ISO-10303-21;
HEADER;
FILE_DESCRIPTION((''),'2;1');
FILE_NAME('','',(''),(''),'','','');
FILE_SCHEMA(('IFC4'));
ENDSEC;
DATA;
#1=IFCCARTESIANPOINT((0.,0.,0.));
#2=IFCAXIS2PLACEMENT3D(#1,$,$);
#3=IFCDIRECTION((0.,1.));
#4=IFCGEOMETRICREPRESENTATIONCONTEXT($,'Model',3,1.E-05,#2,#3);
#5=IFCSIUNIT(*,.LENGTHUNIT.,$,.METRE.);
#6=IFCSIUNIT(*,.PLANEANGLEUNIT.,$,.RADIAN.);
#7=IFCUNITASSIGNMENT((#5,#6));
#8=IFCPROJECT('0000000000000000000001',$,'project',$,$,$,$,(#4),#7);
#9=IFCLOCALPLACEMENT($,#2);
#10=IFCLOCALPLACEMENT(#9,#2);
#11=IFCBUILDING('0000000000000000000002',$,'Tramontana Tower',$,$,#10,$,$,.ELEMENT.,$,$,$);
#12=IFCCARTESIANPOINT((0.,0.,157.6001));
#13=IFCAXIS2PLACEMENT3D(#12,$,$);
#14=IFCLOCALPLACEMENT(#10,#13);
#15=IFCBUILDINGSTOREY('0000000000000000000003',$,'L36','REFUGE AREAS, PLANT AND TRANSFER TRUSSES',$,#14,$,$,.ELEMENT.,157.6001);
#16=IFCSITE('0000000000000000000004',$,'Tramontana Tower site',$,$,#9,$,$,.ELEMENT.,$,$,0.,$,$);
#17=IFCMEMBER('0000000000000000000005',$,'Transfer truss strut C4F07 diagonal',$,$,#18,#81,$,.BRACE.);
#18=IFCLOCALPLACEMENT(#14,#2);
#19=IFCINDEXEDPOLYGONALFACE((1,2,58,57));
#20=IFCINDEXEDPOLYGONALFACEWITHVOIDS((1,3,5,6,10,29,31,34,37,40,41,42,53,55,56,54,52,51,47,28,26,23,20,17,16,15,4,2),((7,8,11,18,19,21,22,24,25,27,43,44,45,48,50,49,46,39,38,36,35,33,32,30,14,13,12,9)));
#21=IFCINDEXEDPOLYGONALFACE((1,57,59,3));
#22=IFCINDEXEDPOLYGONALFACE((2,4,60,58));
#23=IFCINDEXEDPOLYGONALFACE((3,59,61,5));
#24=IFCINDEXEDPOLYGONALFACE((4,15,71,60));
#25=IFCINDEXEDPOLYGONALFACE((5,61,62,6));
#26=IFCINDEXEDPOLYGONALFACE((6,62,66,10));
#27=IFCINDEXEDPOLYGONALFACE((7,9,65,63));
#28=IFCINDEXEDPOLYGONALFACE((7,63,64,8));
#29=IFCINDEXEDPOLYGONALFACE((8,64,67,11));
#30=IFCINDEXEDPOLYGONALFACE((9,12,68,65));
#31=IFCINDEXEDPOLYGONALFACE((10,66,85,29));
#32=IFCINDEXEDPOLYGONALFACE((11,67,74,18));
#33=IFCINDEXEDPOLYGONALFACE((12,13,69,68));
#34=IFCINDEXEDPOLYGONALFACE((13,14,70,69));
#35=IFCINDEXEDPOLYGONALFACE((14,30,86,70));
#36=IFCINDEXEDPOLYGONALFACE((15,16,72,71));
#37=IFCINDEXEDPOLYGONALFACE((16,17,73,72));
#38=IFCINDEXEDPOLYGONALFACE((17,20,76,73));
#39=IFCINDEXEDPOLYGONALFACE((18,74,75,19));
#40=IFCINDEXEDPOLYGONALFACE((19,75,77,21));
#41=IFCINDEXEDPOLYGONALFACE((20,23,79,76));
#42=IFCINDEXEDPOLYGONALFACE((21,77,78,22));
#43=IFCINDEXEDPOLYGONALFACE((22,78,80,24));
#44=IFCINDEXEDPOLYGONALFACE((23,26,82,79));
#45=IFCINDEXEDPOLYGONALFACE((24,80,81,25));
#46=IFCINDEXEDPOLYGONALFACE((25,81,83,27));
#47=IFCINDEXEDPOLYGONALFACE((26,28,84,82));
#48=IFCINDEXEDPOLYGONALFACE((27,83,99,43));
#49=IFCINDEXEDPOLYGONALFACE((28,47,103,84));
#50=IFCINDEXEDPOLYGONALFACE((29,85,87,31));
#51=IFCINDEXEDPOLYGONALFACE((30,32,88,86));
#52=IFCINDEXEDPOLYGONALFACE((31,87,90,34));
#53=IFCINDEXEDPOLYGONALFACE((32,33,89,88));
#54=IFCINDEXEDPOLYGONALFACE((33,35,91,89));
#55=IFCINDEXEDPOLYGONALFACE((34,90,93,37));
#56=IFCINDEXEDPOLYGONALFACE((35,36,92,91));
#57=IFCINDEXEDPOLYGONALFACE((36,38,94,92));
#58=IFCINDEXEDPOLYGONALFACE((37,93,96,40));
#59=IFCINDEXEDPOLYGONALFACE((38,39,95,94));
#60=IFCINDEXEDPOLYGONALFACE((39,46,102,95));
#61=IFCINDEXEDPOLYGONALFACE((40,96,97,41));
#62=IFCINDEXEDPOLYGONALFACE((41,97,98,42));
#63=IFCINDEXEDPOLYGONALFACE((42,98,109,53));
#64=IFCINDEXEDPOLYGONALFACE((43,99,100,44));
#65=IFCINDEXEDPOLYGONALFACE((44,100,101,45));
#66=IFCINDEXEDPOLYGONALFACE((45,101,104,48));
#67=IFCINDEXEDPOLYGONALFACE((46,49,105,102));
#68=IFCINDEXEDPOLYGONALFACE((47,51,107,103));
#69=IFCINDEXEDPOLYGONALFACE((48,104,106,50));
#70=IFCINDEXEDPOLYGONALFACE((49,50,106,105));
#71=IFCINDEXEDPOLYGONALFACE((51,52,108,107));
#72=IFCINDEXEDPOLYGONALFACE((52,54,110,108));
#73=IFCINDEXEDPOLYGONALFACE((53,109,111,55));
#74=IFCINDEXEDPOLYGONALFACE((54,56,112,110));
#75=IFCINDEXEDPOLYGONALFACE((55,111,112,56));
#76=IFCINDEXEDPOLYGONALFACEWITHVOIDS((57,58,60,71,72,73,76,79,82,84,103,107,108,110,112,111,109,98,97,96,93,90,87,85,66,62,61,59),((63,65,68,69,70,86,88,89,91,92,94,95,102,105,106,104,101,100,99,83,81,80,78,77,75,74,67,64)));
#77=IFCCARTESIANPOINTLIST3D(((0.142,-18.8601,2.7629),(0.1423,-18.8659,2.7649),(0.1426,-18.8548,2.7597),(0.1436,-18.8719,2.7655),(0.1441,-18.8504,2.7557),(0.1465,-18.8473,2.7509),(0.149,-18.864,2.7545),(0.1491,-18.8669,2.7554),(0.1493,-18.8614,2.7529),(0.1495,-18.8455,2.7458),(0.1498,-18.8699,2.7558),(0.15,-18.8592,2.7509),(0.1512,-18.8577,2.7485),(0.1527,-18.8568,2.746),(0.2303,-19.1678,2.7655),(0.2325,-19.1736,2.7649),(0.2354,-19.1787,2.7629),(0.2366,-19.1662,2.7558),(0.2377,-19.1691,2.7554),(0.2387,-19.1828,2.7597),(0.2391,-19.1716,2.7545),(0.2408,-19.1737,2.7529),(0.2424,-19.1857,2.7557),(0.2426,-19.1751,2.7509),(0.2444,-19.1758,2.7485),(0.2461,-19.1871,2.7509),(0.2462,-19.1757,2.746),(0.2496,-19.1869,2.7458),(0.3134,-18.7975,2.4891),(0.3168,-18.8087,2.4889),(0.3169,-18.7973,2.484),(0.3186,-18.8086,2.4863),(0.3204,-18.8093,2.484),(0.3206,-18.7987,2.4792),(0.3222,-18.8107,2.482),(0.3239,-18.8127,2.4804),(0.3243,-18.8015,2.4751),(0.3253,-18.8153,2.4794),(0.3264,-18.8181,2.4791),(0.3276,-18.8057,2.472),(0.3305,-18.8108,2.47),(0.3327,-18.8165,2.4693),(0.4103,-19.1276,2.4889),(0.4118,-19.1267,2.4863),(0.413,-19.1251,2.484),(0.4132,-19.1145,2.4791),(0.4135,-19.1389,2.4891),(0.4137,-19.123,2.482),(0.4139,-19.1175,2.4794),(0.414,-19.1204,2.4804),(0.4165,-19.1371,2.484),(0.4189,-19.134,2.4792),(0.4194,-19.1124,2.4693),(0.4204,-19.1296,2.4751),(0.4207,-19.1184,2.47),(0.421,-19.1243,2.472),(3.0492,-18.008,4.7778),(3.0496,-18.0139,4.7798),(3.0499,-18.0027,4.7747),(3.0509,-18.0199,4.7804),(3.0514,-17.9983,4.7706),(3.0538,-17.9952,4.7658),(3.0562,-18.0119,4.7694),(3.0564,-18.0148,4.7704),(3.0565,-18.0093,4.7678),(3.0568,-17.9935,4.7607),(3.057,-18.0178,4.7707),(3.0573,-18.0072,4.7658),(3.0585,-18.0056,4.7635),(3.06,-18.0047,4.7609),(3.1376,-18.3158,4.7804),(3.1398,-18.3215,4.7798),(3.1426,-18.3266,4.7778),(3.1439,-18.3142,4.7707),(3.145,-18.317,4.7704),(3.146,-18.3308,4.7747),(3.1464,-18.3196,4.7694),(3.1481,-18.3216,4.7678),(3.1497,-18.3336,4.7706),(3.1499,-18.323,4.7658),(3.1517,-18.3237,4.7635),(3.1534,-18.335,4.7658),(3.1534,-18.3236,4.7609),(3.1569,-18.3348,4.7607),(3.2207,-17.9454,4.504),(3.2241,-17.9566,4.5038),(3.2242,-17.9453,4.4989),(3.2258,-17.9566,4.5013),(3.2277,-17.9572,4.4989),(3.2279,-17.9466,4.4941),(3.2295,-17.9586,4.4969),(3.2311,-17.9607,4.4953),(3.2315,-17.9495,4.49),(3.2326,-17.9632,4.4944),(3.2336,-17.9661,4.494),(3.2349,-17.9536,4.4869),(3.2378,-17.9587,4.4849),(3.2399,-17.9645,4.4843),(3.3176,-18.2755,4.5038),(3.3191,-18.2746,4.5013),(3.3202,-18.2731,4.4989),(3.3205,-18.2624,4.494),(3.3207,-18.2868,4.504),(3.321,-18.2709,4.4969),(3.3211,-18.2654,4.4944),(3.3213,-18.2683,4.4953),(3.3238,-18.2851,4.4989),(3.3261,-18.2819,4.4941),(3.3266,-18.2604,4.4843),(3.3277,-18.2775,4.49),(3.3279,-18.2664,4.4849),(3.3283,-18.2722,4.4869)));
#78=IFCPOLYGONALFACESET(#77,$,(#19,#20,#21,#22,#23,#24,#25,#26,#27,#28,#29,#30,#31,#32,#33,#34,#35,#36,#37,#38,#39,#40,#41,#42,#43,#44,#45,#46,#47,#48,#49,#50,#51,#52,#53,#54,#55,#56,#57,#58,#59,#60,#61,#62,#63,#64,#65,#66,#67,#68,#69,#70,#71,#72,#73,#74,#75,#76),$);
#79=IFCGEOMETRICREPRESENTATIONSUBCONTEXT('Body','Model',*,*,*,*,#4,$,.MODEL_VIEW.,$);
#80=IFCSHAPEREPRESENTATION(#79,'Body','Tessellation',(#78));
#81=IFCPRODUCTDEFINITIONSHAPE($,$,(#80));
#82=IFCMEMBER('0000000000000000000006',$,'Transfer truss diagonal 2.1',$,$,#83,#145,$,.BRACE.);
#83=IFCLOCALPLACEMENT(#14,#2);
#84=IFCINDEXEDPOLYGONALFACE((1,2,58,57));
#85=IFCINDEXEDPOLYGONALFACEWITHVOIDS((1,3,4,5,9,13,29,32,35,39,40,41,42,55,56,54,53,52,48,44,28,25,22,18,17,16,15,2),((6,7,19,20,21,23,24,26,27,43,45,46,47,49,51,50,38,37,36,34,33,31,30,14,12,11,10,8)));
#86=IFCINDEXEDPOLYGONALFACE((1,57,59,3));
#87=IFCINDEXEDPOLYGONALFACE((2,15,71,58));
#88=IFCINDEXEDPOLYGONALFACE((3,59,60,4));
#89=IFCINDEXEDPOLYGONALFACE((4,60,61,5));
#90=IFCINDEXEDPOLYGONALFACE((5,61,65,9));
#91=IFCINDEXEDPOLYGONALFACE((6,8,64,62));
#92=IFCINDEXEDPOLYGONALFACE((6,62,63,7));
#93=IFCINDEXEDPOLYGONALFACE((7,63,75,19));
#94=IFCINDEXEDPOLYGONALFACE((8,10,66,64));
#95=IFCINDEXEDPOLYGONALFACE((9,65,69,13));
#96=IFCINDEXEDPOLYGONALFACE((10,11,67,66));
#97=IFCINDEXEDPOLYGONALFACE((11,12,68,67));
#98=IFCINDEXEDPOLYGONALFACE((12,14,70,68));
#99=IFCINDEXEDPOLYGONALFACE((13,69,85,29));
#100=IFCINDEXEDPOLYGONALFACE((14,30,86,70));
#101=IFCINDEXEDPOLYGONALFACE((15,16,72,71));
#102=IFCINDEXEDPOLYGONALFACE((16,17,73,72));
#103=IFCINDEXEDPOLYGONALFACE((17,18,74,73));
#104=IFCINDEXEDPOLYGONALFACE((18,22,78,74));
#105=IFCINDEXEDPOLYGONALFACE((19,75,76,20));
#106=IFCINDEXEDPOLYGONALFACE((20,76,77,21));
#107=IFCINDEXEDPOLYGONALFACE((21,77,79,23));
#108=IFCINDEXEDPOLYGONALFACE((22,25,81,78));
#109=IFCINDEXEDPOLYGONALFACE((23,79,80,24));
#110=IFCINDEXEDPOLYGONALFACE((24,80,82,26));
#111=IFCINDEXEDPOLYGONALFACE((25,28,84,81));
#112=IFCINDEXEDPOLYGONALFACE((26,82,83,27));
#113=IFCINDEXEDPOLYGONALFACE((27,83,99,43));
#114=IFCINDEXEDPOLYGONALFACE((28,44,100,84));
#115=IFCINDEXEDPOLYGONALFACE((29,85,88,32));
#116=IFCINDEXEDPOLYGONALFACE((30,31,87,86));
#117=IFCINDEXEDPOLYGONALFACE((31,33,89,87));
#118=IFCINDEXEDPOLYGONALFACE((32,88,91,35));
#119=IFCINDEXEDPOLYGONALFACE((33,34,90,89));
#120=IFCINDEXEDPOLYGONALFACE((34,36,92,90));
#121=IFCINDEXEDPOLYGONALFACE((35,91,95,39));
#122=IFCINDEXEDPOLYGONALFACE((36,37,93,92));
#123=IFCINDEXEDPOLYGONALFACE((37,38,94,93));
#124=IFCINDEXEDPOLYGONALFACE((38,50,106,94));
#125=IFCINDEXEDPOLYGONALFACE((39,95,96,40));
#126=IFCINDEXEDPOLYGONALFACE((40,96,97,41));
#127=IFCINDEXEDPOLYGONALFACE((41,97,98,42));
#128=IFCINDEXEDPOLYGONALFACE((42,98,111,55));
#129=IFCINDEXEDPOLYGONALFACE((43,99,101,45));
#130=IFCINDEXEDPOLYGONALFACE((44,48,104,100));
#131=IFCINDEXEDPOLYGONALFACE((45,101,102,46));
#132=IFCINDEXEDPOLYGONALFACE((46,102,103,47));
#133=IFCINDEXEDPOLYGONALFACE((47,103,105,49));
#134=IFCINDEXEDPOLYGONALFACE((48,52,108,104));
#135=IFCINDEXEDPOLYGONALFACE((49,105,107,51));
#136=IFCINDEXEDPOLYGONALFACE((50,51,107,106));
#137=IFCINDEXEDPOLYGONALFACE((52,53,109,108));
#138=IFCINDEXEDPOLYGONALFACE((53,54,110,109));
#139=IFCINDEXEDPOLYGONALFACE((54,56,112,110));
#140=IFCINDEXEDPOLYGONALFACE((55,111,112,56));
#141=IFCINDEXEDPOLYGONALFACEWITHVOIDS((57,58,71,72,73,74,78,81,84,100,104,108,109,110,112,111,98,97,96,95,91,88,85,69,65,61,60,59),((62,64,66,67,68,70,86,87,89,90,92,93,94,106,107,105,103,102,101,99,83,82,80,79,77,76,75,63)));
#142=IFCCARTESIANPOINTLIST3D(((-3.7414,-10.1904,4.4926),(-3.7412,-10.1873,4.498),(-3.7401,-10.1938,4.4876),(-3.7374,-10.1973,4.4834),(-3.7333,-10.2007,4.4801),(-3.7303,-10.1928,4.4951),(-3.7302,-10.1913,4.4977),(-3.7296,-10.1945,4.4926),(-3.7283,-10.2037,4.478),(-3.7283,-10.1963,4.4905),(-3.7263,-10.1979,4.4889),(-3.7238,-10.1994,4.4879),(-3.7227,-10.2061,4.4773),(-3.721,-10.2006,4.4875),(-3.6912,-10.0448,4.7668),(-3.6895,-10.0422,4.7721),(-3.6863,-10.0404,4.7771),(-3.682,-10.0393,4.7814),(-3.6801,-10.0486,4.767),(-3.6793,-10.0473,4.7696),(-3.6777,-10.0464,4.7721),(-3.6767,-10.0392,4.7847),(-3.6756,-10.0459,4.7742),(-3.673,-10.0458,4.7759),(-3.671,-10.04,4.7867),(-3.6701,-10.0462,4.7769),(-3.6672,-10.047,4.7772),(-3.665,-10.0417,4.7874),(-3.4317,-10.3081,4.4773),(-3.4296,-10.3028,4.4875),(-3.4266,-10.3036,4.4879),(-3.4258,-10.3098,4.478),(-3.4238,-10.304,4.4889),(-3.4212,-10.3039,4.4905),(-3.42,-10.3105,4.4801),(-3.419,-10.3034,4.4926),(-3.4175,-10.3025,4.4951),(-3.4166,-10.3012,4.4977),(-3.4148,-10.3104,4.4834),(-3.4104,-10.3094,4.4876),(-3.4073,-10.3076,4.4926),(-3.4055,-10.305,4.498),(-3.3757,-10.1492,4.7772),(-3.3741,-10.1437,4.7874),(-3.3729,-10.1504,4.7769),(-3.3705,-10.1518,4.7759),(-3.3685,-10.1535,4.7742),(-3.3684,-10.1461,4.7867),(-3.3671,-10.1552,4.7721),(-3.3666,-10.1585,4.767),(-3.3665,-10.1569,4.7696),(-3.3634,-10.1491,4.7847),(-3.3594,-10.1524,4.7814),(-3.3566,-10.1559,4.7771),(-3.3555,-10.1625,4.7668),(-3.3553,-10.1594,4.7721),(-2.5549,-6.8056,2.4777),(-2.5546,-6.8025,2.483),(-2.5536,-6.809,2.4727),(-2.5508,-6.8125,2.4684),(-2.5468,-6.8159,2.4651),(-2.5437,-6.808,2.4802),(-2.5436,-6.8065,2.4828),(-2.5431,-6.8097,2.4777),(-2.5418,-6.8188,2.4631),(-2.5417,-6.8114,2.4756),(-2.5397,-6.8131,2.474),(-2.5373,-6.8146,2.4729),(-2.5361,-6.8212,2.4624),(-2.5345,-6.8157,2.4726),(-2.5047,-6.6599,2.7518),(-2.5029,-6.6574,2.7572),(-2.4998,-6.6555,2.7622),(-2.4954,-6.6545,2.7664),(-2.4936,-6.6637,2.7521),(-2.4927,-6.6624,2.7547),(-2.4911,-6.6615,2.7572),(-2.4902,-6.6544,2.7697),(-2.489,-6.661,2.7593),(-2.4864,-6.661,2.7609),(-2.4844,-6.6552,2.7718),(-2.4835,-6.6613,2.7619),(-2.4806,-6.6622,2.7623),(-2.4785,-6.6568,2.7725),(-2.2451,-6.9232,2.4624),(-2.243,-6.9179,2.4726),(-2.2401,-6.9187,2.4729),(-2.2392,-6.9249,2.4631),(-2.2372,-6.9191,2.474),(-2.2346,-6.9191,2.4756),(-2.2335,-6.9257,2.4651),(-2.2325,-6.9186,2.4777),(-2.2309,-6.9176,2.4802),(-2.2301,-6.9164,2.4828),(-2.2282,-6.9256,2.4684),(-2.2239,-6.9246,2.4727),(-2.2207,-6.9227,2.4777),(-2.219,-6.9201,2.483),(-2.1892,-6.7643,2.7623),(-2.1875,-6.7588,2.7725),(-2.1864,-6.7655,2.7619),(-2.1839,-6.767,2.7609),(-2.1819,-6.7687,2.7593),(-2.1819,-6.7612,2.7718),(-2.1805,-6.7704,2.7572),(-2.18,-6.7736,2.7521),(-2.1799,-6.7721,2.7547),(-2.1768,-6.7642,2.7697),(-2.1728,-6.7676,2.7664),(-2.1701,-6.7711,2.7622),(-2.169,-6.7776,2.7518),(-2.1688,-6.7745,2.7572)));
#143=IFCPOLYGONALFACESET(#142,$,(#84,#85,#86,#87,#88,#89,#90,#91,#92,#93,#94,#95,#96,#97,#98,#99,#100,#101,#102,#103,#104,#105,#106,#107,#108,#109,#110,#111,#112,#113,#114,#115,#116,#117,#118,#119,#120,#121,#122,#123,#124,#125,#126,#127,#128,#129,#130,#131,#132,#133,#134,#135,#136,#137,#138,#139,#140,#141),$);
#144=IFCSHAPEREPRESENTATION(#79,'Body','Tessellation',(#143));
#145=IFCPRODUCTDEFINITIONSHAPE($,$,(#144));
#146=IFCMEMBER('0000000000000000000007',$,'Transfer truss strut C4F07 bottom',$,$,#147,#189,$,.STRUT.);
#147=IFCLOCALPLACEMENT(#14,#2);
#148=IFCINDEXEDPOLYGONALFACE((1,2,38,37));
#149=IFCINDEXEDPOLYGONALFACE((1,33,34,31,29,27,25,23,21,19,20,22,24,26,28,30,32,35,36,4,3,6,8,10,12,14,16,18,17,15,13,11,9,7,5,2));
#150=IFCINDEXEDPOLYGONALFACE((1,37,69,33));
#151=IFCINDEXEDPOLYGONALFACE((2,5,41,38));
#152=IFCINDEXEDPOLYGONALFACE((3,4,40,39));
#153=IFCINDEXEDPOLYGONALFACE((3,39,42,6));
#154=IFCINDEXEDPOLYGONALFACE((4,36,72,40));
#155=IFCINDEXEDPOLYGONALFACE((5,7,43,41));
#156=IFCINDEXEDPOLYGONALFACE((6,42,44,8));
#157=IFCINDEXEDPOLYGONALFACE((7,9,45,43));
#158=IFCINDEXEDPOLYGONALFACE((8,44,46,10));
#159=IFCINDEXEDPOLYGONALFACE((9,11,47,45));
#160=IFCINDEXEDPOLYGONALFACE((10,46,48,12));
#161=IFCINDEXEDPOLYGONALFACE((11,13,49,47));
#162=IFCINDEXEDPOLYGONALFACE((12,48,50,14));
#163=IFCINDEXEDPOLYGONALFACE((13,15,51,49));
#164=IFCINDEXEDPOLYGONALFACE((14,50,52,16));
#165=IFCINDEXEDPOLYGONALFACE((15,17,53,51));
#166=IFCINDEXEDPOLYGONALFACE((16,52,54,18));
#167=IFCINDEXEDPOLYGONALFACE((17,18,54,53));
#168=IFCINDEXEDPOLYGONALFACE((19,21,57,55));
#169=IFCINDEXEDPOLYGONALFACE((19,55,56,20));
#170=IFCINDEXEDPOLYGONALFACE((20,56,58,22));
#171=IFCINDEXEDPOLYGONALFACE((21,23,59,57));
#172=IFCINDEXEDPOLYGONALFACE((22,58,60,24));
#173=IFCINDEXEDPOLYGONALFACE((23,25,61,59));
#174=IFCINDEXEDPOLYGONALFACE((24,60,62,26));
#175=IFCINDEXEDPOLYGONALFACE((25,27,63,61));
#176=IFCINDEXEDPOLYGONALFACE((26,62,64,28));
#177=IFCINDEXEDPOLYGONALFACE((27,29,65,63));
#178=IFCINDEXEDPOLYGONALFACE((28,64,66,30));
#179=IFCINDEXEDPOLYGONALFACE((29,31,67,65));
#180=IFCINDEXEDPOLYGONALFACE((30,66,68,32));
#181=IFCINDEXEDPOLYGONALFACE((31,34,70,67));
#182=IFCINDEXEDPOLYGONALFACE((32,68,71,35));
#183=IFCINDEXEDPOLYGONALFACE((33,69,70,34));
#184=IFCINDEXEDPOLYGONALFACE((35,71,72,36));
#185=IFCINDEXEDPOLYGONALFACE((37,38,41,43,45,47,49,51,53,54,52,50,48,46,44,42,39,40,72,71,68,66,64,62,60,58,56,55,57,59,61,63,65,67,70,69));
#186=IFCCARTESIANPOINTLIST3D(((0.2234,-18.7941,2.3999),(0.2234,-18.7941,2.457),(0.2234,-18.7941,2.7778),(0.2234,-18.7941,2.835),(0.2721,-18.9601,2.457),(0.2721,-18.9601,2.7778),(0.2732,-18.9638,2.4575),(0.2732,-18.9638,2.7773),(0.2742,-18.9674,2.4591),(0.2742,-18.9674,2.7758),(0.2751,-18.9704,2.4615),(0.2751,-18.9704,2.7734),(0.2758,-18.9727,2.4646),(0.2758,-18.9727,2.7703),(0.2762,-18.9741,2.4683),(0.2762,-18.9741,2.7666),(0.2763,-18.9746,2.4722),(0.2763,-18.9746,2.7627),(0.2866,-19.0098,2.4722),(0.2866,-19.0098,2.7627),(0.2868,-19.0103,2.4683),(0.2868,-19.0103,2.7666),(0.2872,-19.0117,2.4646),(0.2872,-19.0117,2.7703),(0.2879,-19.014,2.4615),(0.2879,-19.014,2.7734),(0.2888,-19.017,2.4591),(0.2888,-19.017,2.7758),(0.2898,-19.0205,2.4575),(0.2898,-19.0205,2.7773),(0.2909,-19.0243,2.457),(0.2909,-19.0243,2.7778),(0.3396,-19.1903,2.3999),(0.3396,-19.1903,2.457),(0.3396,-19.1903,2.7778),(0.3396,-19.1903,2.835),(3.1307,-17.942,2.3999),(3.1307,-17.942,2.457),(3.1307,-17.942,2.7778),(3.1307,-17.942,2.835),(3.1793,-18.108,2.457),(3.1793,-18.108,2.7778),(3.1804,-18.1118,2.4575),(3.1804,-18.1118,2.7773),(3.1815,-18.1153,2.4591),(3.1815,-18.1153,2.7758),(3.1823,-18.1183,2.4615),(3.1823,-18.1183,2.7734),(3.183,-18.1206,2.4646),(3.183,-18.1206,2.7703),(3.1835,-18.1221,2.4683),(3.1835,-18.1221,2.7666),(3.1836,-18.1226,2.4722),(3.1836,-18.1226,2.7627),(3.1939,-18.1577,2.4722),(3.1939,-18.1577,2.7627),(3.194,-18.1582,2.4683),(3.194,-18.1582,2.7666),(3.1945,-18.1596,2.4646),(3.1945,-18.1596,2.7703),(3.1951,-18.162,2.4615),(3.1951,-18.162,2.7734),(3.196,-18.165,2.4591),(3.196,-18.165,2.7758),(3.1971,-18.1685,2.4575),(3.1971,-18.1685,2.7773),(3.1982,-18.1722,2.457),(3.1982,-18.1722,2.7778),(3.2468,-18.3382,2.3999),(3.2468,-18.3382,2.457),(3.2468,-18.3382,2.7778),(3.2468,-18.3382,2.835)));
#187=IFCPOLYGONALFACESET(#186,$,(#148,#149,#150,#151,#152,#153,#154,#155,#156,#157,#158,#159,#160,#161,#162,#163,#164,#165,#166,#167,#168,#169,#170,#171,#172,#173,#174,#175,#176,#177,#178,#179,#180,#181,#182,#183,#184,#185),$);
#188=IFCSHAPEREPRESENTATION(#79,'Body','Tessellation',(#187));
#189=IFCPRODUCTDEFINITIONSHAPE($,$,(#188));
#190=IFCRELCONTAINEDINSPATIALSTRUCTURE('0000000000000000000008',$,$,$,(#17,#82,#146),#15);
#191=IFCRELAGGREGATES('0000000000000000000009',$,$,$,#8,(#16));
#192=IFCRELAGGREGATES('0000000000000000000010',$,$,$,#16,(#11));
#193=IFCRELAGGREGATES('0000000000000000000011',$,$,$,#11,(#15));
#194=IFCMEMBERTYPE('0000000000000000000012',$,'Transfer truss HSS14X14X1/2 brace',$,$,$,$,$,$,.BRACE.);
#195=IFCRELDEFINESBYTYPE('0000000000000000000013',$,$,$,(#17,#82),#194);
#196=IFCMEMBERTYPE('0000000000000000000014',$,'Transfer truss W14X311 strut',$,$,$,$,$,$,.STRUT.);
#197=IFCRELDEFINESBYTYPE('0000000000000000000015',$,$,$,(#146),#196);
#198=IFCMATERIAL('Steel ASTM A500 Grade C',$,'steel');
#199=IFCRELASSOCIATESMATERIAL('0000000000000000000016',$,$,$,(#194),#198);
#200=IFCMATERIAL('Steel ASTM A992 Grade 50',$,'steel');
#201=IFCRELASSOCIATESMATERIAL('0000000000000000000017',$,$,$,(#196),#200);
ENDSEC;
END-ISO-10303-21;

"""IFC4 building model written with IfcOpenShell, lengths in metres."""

from ifc_helpers import new_model, si_unit, direction, frame, origin, origin_2d, place, context, subcontext, project, spatial, hollow_rectangle, i_section, extrude, material, material_profile, profile_set, type_object, element, save


model = new_model("IFC4")

# Units and contexts
model_context = context("Model", 3, precision=1e-05, world=origin(), true_north=direction((0.0, 1.0)))
body_context = subcontext(model_context, "Body", "Model", "MODEL_VIEW")
ifc_project = project(units=[si_unit("LENGTHUNIT", "METRE"), si_unit("PLANEANGLEUNIT", "RADIAN")], contexts=[model_context])

# Site, building, storey
site_placement = place(None, origin())
site = spatial("IfcSite", under=ifc_project, at=site_placement, Name="Tramontana Tower site", CompositionType="ELEMENT", RefElevation=0.0)
building_placement = place(site_placement, origin())
building = spatial("IfcBuilding", under=site, at=building_placement, Name="Tramontana Tower", CompositionType="ELEMENT")
storey_placement = place(building_placement, frame((0.0, 0.0, 157.6001)))
storey = spatial("IfcBuildingStorey", under=building, at=storey_placement, Name="L36", Description="REFUGE AREAS, PLANT AND TRANSFER TRUSSES", CompositionType="ELEMENT", Elevation=157.6001)

# Members
ifc_material_1 = material(Name="Steel ASTM A500 Grade C", Category="steel")
ifc_material_profile_1 = material_profile(ifc_material_1, hollow_rectangle(XDim=0.3557, YDim=0.3557, WallThickness=0.0117, InnerFilletRadius=0.0117, OuterFilletRadius=0.0237, at=origin_2d()), Name="HSS14X14X1/2")
ifc_profile_set_1 = profile_set([ifc_material_profile_1], Name="Steel ASTM A500 Grade C")
member_type_1 = type_object("IfcMemberType", Name="Transfer truss HSS14X14X1/2 brace", PredefinedType="BRACE", material=ifc_profile_set_1)
member_1_placement = place(storey_placement, frame((0.2815, -18.9922, 2.6174), z_axis=(0.799046, 0.234185, 0.55379), x_axis=(-0.28125, 0.959635, 0.0)))
element("IfcMember", 1, at=member_1_placement, inside=storey, type_object=member_type_1, Name="Transfer truss strut C4F07 diagonal", PredefinedType="BRACE", context=body_context, shape_type="SweptSolid", body=[
    extrude(hollow_rectangle(XDim=0.3557, YDim=0.3557, WallThickness=0.0117, InnerFilletRadius=0.0117, OuterFilletRadius=0.0237, at=origin_2d()), origin(), (0.0, 0.0, 1.0), 3.6384),
])
member_2_placement = place(storey_placement, frame((-2.3618, -6.79, 2.6174), z_axis=(-0.288417, -0.822761, 0.489775), x_axis=(0.943697, -0.330811, 0.0)))
element("IfcMember", 2, at=member_2_placement, inside=storey, type_object=member_type_1, Name="Transfer truss diagonal 2.1", PredefinedType="BRACE", context=body_context, shape_type="SweptSolid", body=[
    extrude(hollow_rectangle(XDim=0.3557, YDim=0.3557, WallThickness=0.0117, InnerFilletRadius=0.0117, OuterFilletRadius=0.0237, at=origin_2d()), origin(), (0.0, 0.0, 1.0), 4.114),
])
ifc_material_2 = material(Name="Steel ASTM A992 Grade 50", Category="steel")
ifc_material_profile_2 = material_profile(ifc_material_2, i_section(OverallWidth=0.4128, OverallDepth=0.4351, WebThickness=0.0366, FlangeThickness=0.0571, FilletRadius=0.0151, at=origin_2d()), Name="W14X311")
ifc_profile_set_2 = profile_set([ifc_material_profile_2], Name="Steel ASTM A992 Grade 50")
member_type_2 = type_object("IfcMemberType", Name="Transfer truss W14X311 strut", PredefinedType="STRUT", material=ifc_profile_set_2)
member_3_placement = place(storey_placement, frame((0.2815, -18.9922, 2.6174), z_axis=(0.959635, 0.28125, 0.0), x_axis=(-0.28125, 0.959635, 0.0)))
element("IfcMember", 3, at=member_3_placement, inside=storey, type_object=member_type_2, Name="Transfer truss strut C4F07 bottom", PredefinedType="STRUT", context=body_context, shape_type="SweptSolid", body=[
    extrude(i_section(OverallWidth=0.4128, OverallDepth=0.4351, WebThickness=0.0366, FlangeThickness=0.0571, FilletRadius=0.0151, at=origin_2d()), origin(), (0.0, 0.0, 1.0), 3.0295),
])

save(model, "model.ifc")
